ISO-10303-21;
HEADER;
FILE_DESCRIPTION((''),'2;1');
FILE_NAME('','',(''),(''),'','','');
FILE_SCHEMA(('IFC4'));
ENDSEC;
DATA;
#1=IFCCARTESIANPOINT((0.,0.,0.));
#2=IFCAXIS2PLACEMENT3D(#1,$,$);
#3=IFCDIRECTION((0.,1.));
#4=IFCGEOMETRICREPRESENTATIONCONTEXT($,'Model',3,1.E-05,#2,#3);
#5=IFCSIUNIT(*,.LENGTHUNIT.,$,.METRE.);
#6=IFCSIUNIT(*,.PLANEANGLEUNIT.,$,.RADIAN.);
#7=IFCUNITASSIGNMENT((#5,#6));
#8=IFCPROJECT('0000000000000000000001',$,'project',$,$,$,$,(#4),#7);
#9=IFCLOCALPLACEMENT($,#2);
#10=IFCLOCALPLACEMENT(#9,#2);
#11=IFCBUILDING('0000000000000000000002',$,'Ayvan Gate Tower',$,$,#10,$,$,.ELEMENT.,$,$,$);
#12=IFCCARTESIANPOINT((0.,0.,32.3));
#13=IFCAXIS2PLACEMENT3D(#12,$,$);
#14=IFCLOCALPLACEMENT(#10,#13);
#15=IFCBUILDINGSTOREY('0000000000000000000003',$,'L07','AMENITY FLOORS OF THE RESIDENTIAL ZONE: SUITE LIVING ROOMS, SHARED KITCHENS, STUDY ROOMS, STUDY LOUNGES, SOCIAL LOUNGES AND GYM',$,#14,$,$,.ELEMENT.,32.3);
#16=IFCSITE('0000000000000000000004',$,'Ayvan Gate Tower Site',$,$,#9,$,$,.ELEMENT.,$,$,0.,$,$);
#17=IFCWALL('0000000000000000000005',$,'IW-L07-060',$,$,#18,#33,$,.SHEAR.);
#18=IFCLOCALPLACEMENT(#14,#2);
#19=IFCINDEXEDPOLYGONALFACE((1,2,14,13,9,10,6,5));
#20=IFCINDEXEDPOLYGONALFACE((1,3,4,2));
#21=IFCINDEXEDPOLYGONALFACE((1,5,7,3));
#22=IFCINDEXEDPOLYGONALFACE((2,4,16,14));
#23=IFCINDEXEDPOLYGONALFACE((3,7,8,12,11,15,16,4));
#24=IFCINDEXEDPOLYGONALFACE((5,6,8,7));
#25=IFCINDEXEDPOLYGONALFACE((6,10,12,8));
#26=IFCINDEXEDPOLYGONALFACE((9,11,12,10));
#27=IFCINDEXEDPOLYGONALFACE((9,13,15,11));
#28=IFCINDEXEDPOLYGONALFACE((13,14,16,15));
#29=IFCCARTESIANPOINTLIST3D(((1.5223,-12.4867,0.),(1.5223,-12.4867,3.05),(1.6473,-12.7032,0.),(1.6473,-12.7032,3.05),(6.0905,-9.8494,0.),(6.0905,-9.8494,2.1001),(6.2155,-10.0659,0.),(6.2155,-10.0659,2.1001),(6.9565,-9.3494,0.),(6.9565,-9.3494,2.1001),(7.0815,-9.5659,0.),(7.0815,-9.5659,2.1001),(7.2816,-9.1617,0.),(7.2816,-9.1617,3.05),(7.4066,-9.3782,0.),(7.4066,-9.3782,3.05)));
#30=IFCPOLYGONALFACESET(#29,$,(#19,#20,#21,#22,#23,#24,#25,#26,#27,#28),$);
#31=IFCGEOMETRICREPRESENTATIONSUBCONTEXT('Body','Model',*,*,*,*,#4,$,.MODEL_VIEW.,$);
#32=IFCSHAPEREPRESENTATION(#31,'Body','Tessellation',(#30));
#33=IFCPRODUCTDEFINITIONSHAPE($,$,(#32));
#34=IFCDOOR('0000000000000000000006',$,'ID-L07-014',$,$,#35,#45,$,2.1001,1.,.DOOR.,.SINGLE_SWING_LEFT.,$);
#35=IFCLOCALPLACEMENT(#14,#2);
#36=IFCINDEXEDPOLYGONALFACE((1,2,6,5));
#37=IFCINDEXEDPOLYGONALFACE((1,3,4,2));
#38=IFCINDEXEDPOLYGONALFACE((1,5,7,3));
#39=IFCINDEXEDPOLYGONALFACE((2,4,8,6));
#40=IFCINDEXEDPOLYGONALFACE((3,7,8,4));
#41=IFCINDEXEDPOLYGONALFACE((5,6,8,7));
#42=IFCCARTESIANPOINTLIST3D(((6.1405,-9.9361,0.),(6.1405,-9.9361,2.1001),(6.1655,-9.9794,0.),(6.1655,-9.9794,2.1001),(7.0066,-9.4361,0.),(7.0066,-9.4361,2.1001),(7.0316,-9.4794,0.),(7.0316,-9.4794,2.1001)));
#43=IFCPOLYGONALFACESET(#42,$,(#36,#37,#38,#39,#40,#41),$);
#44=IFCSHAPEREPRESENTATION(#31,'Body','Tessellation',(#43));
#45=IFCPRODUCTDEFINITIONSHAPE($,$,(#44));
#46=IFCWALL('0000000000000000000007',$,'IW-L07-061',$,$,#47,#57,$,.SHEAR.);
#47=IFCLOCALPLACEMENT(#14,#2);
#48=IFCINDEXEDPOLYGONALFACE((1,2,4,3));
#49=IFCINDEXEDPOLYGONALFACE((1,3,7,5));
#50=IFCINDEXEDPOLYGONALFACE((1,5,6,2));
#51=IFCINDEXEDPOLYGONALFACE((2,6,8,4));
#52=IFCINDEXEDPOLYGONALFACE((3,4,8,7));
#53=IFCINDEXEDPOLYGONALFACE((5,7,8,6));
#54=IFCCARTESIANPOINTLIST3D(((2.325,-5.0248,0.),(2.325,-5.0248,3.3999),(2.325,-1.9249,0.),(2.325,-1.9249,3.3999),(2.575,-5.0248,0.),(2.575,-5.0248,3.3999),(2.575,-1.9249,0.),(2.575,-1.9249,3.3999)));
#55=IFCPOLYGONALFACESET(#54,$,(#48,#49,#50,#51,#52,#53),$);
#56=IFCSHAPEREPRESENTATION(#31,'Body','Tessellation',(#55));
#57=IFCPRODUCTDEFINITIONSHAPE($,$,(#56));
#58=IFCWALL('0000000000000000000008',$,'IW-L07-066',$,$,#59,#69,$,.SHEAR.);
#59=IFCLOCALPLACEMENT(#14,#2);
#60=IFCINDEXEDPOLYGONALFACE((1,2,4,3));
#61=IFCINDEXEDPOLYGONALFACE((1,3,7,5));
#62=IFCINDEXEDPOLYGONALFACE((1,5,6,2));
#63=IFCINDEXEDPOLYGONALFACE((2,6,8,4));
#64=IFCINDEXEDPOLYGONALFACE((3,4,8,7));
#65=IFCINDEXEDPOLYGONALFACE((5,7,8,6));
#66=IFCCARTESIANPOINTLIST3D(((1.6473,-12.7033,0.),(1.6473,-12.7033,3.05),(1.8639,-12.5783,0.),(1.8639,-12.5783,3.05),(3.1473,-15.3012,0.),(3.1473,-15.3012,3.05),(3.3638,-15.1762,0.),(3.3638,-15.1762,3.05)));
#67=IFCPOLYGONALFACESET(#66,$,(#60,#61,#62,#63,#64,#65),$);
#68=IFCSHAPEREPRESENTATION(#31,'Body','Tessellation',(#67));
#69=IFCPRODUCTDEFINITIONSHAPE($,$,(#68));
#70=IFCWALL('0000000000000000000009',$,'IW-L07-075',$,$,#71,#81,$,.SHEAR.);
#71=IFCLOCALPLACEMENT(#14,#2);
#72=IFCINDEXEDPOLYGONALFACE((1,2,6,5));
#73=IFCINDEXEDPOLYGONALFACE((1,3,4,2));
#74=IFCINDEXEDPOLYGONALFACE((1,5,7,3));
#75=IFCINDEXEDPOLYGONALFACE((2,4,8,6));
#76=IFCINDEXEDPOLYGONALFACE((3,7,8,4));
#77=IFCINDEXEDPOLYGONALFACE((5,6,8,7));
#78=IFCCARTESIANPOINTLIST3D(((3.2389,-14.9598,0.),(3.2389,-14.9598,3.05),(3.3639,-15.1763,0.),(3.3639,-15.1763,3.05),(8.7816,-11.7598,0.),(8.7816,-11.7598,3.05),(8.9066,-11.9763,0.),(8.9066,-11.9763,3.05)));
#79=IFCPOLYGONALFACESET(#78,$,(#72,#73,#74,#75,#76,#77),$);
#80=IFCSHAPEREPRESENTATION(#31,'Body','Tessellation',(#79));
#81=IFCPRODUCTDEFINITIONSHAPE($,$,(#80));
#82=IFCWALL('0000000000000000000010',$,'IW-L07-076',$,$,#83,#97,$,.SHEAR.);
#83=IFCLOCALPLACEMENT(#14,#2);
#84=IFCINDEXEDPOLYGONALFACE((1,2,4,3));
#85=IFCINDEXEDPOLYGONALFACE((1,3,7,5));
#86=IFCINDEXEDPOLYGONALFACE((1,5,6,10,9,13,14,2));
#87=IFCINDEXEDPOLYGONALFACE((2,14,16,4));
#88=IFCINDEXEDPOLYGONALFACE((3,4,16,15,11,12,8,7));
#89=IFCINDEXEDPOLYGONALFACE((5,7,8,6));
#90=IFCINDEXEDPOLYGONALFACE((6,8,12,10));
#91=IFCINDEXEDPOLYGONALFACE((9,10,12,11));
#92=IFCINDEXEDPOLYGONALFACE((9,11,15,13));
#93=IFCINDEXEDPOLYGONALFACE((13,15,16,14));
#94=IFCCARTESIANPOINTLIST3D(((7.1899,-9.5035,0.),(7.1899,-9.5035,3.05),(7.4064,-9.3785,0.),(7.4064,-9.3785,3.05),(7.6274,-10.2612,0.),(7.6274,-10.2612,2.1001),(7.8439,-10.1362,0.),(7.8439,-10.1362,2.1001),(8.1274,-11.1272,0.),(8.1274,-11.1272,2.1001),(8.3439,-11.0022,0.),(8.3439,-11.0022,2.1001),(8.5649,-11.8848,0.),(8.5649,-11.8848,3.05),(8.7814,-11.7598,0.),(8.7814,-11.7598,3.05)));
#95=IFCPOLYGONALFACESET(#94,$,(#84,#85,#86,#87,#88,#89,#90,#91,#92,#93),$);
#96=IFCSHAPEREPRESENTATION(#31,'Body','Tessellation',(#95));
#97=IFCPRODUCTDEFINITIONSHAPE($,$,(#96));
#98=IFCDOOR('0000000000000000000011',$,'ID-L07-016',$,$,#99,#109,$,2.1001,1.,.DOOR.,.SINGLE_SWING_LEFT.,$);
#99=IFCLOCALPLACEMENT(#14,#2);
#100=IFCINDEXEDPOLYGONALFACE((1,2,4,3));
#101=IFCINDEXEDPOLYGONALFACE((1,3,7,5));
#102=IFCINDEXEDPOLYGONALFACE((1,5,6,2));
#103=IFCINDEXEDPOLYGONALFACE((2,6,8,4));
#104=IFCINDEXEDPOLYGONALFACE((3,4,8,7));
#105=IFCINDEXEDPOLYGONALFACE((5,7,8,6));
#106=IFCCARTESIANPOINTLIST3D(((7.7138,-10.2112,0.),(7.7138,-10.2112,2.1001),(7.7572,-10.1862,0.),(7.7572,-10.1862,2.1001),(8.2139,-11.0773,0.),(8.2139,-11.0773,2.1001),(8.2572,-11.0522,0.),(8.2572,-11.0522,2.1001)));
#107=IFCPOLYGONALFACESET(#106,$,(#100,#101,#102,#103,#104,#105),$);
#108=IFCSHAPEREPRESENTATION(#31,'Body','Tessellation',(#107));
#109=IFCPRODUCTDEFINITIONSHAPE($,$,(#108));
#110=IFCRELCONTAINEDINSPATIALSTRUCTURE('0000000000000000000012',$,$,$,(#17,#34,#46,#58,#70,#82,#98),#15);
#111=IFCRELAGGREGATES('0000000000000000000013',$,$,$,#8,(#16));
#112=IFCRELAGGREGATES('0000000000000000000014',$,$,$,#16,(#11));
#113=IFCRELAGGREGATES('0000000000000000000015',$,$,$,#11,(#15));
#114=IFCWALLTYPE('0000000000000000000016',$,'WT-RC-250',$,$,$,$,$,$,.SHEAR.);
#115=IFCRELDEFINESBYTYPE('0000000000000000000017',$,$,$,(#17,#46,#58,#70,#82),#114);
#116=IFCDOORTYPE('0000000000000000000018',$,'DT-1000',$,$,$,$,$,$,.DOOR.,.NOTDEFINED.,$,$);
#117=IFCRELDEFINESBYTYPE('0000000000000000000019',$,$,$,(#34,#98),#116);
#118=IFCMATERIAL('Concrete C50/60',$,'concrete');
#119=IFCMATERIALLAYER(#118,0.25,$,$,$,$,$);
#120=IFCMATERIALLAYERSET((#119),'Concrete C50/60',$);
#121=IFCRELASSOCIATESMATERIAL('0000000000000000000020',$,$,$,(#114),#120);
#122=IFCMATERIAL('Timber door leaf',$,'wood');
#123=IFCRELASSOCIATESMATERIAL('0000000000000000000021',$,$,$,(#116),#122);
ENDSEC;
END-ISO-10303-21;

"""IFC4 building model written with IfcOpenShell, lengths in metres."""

from ifc_helpers import new_model, si_unit, direction, frame, frame_2d, origin, place, context, subcontext, project, spatial, rectangle, extrude, material, layer, layer_set, type_object, element, fill, save


model = new_model("IFC4")

# Units and contexts
model_context = context("Model", 3, precision=1e-05, world=origin(), true_north=direction((0.0, 1.0)))
body_context = subcontext(model_context, "Body", "Model", "MODEL_VIEW")
ifc_project = project(units=[si_unit("LENGTHUNIT", "METRE"), si_unit("PLANEANGLEUNIT", "RADIAN")], contexts=[model_context])

# Site, building, storey
site_placement = place(None, origin())
site = spatial("IfcSite", under=ifc_project, at=site_placement, Name="Ayvan Gate Tower Site", CompositionType="ELEMENT", RefElevation=0.0)
building_placement = place(site_placement, origin())
building = spatial("IfcBuilding", under=site, at=building_placement, Name="Ayvan Gate Tower", CompositionType="ELEMENT")
storey_placement = place(building_placement, frame((0.0, 0.0, 32.3)))
storey = spatial("IfcBuildingStorey", under=building, at=storey_placement, Name="L07", Description="AMENITY FLOORS OF THE RESIDENTIAL ZONE: SUITE LIVING ROOMS, SHARED KITCHENS, STUDY ROOMS, STUDY LOUNGES, SOCIAL LOUNGES AND GYM", CompositionType="ELEMENT", Elevation=32.3)

# Shared definitions
ifc_material_1 = material(Name="Timber door leaf", Category="wood")

# Shared definitions
ifc_material_2 = material(Name="Concrete C50/60", Category="concrete")
ifc_layer_1 = layer(ifc_material_2, 0.25)
ifc_layer_set_1 = layer_set([ifc_layer_1], Name="Concrete C50/60")
wall_type_1 = type_object("IfcWallType", Name="WT-RC-250", PredefinedType="SHEAR", material=ifc_layer_set_1)

# Wall, opening, door
wall_1_placement = place(storey_placement, frame((1.5847, -12.595, 0.0), z_axis=(0.0, 0.0, 1.0), x_axis=(0.866036, 0.499981, 0.0)))
wall_1 = element("IfcWall", 1, at=wall_1_placement, inside=storey, type_object=wall_type_1, Name="IW-L07-060", PredefinedType="SHEAR", context=body_context, shape_type="SweptSolid", body=[
    extrude(rectangle(XDim=6.6501, YDim=0.25, at=frame_2d((3.3252, 0.0))), origin(), (0.0, 0.0, 1.0), 3.05),
])
opening_1_placement = place(wall_1_placement, frame((5.2749, 0.0, 0.0)))
opening_1 = element("IfcOpeningElement", 2, at=opening_1_placement, cuts=wall_1, PredefinedType="OPENING", context=body_context, shape_type="SweptSolid", body=[
    extrude(rectangle(XDim=1.0, YDim=2.1001, at=frame_2d((0.5, 1.05))), frame((0.0, 0.135, 0.0), z_axis=(0.0, -1.0, 0.0), x_axis=(1.0, 0.0, 0.0)), (0.0, 0.0, 1.0), 0.27),
])
door_type_1 = type_object("IfcDoorType", Name="DT-1000", OperationType="NOTDEFINED", PredefinedType="DOOR", material=ifc_material_1)
door_1_placement = place(opening_1_placement, origin())
door_1 = element("IfcDoor", 3, at=door_1_placement, inside=storey, type_object=door_type_1, Name="ID-L07-014", OperationType="SINGLE_SWING_LEFT", OverallHeight=2.1001, OverallWidth=1.0, PredefinedType="DOOR", context=body_context, shape_type="SweptSolid", body=[
    extrude(rectangle(XDim=1.0, YDim=2.1001, at=frame_2d((0.5, 1.05))), frame((0.0, 0.0249, 0.0), z_axis=(0.0, -1.0, 0.0), x_axis=(1.0, 0.0, 0.0)), (0.0, 0.0, 1.0), 0.05),
])
fill(opening_1, door_1)

# Walls
wall_2_placement = place(storey_placement, frame((2.45, -1.925, 0.0), z_axis=(0.0, 0.0, 1.0), x_axis=(0.0, -1.0, 0.0)))
element("IfcWall", 4, at=wall_2_placement, inside=storey, type_object=wall_type_1, Name="IW-L07-061", PredefinedType="SHEAR", context=body_context, shape_type="SweptSolid", body=[
    extrude(rectangle(XDim=3.0999, YDim=0.25, at=frame_2d((1.5498, 0.0))), origin(), (0.0, 0.0, 1.0), 3.3999),
])
wall_3_placement = place(storey_placement, frame((3.2556, -15.2388, 0.0), z_axis=(0.0, 0.0, 1.0), x_axis=(-0.500025, 0.866011, 0.0)))
element("IfcWall", 5, at=wall_3_placement, inside=storey, type_object=wall_type_1, Name="IW-L07-066", PredefinedType="SHEAR", context=body_context, shape_type="SweptSolid", body=[
    extrude(rectangle(XDim=2.9998, YDim=0.25, at=frame_2d((1.5, 0.0))), origin(), (0.0, 0.0, 1.0), 3.05),
])
wall_4_placement = place(storey_placement, frame((3.3013, -15.0681, 0.0), z_axis=(0.0, 0.0, 1.0), x_axis=(0.866035, 0.499983, 0.0)))
element("IfcWall", 6, at=wall_4_placement, inside=storey, type_object=wall_type_1, Name="IW-L07-075", PredefinedType="SHEAR", context=body_context, shape_type="SweptSolid", body=[
    extrude(rectangle(XDim=6.4001, YDim=0.25, at=frame_2d((3.2002, 0.0))), origin(), (0.0, 0.0, 1.0), 3.05),
])

# Wall, opening, door
wall_5_placement = place(storey_placement, frame((7.2981, -9.4409, 0.0), z_axis=(0.0, 0.0, 1.0), x_axis=(0.500035, -0.866005, 0.0)))
wall_5 = element("IfcWall", 7, at=wall_5_placement, inside=storey, type_object=wall_type_1, Name="IW-L07-076", PredefinedType="SHEAR", context=body_context, shape_type="SweptSolid", body=[
    extrude(rectangle(XDim=2.7498, YDim=0.25, at=frame_2d((1.375, 0.0))), origin(), (0.0, 0.0, 1.0), 3.05),
])
opening_2_placement = place(wall_5_placement, frame((0.875, 0.0, 0.0)))
opening_2 = element("IfcOpeningElement", 8, at=opening_2_placement, cuts=wall_5, PredefinedType="OPENING", context=body_context, shape_type="SweptSolid", body=[
    extrude(rectangle(XDim=1.0, YDim=2.1001, at=frame_2d((0.5, 1.05))), frame((0.0, 0.135, 0.0), z_axis=(0.0, -1.0, 0.0), x_axis=(1.0, 0.0, 0.0)), (0.0, 0.0, 1.0), 0.27),
])
door_2_placement = place(opening_2_placement, origin())
door_2 = element("IfcDoor", 9, at=door_2_placement, inside=storey, type_object=door_type_1, Name="ID-L07-016", OperationType="SINGLE_SWING_LEFT", OverallHeight=2.1001, OverallWidth=1.0, PredefinedType="DOOR", context=body_context, shape_type="SweptSolid", body=[
    extrude(rectangle(XDim=1.0, YDim=2.1001, at=frame_2d((0.5, 1.05))), frame((0.0, 0.0249, 0.0), z_axis=(0.0, -1.0, 0.0), x_axis=(1.0, 0.0, 0.0)), (0.0, 0.0, 1.0), 0.05),
])
fill(opening_2, door_2)

save(model, "model.ifc")
